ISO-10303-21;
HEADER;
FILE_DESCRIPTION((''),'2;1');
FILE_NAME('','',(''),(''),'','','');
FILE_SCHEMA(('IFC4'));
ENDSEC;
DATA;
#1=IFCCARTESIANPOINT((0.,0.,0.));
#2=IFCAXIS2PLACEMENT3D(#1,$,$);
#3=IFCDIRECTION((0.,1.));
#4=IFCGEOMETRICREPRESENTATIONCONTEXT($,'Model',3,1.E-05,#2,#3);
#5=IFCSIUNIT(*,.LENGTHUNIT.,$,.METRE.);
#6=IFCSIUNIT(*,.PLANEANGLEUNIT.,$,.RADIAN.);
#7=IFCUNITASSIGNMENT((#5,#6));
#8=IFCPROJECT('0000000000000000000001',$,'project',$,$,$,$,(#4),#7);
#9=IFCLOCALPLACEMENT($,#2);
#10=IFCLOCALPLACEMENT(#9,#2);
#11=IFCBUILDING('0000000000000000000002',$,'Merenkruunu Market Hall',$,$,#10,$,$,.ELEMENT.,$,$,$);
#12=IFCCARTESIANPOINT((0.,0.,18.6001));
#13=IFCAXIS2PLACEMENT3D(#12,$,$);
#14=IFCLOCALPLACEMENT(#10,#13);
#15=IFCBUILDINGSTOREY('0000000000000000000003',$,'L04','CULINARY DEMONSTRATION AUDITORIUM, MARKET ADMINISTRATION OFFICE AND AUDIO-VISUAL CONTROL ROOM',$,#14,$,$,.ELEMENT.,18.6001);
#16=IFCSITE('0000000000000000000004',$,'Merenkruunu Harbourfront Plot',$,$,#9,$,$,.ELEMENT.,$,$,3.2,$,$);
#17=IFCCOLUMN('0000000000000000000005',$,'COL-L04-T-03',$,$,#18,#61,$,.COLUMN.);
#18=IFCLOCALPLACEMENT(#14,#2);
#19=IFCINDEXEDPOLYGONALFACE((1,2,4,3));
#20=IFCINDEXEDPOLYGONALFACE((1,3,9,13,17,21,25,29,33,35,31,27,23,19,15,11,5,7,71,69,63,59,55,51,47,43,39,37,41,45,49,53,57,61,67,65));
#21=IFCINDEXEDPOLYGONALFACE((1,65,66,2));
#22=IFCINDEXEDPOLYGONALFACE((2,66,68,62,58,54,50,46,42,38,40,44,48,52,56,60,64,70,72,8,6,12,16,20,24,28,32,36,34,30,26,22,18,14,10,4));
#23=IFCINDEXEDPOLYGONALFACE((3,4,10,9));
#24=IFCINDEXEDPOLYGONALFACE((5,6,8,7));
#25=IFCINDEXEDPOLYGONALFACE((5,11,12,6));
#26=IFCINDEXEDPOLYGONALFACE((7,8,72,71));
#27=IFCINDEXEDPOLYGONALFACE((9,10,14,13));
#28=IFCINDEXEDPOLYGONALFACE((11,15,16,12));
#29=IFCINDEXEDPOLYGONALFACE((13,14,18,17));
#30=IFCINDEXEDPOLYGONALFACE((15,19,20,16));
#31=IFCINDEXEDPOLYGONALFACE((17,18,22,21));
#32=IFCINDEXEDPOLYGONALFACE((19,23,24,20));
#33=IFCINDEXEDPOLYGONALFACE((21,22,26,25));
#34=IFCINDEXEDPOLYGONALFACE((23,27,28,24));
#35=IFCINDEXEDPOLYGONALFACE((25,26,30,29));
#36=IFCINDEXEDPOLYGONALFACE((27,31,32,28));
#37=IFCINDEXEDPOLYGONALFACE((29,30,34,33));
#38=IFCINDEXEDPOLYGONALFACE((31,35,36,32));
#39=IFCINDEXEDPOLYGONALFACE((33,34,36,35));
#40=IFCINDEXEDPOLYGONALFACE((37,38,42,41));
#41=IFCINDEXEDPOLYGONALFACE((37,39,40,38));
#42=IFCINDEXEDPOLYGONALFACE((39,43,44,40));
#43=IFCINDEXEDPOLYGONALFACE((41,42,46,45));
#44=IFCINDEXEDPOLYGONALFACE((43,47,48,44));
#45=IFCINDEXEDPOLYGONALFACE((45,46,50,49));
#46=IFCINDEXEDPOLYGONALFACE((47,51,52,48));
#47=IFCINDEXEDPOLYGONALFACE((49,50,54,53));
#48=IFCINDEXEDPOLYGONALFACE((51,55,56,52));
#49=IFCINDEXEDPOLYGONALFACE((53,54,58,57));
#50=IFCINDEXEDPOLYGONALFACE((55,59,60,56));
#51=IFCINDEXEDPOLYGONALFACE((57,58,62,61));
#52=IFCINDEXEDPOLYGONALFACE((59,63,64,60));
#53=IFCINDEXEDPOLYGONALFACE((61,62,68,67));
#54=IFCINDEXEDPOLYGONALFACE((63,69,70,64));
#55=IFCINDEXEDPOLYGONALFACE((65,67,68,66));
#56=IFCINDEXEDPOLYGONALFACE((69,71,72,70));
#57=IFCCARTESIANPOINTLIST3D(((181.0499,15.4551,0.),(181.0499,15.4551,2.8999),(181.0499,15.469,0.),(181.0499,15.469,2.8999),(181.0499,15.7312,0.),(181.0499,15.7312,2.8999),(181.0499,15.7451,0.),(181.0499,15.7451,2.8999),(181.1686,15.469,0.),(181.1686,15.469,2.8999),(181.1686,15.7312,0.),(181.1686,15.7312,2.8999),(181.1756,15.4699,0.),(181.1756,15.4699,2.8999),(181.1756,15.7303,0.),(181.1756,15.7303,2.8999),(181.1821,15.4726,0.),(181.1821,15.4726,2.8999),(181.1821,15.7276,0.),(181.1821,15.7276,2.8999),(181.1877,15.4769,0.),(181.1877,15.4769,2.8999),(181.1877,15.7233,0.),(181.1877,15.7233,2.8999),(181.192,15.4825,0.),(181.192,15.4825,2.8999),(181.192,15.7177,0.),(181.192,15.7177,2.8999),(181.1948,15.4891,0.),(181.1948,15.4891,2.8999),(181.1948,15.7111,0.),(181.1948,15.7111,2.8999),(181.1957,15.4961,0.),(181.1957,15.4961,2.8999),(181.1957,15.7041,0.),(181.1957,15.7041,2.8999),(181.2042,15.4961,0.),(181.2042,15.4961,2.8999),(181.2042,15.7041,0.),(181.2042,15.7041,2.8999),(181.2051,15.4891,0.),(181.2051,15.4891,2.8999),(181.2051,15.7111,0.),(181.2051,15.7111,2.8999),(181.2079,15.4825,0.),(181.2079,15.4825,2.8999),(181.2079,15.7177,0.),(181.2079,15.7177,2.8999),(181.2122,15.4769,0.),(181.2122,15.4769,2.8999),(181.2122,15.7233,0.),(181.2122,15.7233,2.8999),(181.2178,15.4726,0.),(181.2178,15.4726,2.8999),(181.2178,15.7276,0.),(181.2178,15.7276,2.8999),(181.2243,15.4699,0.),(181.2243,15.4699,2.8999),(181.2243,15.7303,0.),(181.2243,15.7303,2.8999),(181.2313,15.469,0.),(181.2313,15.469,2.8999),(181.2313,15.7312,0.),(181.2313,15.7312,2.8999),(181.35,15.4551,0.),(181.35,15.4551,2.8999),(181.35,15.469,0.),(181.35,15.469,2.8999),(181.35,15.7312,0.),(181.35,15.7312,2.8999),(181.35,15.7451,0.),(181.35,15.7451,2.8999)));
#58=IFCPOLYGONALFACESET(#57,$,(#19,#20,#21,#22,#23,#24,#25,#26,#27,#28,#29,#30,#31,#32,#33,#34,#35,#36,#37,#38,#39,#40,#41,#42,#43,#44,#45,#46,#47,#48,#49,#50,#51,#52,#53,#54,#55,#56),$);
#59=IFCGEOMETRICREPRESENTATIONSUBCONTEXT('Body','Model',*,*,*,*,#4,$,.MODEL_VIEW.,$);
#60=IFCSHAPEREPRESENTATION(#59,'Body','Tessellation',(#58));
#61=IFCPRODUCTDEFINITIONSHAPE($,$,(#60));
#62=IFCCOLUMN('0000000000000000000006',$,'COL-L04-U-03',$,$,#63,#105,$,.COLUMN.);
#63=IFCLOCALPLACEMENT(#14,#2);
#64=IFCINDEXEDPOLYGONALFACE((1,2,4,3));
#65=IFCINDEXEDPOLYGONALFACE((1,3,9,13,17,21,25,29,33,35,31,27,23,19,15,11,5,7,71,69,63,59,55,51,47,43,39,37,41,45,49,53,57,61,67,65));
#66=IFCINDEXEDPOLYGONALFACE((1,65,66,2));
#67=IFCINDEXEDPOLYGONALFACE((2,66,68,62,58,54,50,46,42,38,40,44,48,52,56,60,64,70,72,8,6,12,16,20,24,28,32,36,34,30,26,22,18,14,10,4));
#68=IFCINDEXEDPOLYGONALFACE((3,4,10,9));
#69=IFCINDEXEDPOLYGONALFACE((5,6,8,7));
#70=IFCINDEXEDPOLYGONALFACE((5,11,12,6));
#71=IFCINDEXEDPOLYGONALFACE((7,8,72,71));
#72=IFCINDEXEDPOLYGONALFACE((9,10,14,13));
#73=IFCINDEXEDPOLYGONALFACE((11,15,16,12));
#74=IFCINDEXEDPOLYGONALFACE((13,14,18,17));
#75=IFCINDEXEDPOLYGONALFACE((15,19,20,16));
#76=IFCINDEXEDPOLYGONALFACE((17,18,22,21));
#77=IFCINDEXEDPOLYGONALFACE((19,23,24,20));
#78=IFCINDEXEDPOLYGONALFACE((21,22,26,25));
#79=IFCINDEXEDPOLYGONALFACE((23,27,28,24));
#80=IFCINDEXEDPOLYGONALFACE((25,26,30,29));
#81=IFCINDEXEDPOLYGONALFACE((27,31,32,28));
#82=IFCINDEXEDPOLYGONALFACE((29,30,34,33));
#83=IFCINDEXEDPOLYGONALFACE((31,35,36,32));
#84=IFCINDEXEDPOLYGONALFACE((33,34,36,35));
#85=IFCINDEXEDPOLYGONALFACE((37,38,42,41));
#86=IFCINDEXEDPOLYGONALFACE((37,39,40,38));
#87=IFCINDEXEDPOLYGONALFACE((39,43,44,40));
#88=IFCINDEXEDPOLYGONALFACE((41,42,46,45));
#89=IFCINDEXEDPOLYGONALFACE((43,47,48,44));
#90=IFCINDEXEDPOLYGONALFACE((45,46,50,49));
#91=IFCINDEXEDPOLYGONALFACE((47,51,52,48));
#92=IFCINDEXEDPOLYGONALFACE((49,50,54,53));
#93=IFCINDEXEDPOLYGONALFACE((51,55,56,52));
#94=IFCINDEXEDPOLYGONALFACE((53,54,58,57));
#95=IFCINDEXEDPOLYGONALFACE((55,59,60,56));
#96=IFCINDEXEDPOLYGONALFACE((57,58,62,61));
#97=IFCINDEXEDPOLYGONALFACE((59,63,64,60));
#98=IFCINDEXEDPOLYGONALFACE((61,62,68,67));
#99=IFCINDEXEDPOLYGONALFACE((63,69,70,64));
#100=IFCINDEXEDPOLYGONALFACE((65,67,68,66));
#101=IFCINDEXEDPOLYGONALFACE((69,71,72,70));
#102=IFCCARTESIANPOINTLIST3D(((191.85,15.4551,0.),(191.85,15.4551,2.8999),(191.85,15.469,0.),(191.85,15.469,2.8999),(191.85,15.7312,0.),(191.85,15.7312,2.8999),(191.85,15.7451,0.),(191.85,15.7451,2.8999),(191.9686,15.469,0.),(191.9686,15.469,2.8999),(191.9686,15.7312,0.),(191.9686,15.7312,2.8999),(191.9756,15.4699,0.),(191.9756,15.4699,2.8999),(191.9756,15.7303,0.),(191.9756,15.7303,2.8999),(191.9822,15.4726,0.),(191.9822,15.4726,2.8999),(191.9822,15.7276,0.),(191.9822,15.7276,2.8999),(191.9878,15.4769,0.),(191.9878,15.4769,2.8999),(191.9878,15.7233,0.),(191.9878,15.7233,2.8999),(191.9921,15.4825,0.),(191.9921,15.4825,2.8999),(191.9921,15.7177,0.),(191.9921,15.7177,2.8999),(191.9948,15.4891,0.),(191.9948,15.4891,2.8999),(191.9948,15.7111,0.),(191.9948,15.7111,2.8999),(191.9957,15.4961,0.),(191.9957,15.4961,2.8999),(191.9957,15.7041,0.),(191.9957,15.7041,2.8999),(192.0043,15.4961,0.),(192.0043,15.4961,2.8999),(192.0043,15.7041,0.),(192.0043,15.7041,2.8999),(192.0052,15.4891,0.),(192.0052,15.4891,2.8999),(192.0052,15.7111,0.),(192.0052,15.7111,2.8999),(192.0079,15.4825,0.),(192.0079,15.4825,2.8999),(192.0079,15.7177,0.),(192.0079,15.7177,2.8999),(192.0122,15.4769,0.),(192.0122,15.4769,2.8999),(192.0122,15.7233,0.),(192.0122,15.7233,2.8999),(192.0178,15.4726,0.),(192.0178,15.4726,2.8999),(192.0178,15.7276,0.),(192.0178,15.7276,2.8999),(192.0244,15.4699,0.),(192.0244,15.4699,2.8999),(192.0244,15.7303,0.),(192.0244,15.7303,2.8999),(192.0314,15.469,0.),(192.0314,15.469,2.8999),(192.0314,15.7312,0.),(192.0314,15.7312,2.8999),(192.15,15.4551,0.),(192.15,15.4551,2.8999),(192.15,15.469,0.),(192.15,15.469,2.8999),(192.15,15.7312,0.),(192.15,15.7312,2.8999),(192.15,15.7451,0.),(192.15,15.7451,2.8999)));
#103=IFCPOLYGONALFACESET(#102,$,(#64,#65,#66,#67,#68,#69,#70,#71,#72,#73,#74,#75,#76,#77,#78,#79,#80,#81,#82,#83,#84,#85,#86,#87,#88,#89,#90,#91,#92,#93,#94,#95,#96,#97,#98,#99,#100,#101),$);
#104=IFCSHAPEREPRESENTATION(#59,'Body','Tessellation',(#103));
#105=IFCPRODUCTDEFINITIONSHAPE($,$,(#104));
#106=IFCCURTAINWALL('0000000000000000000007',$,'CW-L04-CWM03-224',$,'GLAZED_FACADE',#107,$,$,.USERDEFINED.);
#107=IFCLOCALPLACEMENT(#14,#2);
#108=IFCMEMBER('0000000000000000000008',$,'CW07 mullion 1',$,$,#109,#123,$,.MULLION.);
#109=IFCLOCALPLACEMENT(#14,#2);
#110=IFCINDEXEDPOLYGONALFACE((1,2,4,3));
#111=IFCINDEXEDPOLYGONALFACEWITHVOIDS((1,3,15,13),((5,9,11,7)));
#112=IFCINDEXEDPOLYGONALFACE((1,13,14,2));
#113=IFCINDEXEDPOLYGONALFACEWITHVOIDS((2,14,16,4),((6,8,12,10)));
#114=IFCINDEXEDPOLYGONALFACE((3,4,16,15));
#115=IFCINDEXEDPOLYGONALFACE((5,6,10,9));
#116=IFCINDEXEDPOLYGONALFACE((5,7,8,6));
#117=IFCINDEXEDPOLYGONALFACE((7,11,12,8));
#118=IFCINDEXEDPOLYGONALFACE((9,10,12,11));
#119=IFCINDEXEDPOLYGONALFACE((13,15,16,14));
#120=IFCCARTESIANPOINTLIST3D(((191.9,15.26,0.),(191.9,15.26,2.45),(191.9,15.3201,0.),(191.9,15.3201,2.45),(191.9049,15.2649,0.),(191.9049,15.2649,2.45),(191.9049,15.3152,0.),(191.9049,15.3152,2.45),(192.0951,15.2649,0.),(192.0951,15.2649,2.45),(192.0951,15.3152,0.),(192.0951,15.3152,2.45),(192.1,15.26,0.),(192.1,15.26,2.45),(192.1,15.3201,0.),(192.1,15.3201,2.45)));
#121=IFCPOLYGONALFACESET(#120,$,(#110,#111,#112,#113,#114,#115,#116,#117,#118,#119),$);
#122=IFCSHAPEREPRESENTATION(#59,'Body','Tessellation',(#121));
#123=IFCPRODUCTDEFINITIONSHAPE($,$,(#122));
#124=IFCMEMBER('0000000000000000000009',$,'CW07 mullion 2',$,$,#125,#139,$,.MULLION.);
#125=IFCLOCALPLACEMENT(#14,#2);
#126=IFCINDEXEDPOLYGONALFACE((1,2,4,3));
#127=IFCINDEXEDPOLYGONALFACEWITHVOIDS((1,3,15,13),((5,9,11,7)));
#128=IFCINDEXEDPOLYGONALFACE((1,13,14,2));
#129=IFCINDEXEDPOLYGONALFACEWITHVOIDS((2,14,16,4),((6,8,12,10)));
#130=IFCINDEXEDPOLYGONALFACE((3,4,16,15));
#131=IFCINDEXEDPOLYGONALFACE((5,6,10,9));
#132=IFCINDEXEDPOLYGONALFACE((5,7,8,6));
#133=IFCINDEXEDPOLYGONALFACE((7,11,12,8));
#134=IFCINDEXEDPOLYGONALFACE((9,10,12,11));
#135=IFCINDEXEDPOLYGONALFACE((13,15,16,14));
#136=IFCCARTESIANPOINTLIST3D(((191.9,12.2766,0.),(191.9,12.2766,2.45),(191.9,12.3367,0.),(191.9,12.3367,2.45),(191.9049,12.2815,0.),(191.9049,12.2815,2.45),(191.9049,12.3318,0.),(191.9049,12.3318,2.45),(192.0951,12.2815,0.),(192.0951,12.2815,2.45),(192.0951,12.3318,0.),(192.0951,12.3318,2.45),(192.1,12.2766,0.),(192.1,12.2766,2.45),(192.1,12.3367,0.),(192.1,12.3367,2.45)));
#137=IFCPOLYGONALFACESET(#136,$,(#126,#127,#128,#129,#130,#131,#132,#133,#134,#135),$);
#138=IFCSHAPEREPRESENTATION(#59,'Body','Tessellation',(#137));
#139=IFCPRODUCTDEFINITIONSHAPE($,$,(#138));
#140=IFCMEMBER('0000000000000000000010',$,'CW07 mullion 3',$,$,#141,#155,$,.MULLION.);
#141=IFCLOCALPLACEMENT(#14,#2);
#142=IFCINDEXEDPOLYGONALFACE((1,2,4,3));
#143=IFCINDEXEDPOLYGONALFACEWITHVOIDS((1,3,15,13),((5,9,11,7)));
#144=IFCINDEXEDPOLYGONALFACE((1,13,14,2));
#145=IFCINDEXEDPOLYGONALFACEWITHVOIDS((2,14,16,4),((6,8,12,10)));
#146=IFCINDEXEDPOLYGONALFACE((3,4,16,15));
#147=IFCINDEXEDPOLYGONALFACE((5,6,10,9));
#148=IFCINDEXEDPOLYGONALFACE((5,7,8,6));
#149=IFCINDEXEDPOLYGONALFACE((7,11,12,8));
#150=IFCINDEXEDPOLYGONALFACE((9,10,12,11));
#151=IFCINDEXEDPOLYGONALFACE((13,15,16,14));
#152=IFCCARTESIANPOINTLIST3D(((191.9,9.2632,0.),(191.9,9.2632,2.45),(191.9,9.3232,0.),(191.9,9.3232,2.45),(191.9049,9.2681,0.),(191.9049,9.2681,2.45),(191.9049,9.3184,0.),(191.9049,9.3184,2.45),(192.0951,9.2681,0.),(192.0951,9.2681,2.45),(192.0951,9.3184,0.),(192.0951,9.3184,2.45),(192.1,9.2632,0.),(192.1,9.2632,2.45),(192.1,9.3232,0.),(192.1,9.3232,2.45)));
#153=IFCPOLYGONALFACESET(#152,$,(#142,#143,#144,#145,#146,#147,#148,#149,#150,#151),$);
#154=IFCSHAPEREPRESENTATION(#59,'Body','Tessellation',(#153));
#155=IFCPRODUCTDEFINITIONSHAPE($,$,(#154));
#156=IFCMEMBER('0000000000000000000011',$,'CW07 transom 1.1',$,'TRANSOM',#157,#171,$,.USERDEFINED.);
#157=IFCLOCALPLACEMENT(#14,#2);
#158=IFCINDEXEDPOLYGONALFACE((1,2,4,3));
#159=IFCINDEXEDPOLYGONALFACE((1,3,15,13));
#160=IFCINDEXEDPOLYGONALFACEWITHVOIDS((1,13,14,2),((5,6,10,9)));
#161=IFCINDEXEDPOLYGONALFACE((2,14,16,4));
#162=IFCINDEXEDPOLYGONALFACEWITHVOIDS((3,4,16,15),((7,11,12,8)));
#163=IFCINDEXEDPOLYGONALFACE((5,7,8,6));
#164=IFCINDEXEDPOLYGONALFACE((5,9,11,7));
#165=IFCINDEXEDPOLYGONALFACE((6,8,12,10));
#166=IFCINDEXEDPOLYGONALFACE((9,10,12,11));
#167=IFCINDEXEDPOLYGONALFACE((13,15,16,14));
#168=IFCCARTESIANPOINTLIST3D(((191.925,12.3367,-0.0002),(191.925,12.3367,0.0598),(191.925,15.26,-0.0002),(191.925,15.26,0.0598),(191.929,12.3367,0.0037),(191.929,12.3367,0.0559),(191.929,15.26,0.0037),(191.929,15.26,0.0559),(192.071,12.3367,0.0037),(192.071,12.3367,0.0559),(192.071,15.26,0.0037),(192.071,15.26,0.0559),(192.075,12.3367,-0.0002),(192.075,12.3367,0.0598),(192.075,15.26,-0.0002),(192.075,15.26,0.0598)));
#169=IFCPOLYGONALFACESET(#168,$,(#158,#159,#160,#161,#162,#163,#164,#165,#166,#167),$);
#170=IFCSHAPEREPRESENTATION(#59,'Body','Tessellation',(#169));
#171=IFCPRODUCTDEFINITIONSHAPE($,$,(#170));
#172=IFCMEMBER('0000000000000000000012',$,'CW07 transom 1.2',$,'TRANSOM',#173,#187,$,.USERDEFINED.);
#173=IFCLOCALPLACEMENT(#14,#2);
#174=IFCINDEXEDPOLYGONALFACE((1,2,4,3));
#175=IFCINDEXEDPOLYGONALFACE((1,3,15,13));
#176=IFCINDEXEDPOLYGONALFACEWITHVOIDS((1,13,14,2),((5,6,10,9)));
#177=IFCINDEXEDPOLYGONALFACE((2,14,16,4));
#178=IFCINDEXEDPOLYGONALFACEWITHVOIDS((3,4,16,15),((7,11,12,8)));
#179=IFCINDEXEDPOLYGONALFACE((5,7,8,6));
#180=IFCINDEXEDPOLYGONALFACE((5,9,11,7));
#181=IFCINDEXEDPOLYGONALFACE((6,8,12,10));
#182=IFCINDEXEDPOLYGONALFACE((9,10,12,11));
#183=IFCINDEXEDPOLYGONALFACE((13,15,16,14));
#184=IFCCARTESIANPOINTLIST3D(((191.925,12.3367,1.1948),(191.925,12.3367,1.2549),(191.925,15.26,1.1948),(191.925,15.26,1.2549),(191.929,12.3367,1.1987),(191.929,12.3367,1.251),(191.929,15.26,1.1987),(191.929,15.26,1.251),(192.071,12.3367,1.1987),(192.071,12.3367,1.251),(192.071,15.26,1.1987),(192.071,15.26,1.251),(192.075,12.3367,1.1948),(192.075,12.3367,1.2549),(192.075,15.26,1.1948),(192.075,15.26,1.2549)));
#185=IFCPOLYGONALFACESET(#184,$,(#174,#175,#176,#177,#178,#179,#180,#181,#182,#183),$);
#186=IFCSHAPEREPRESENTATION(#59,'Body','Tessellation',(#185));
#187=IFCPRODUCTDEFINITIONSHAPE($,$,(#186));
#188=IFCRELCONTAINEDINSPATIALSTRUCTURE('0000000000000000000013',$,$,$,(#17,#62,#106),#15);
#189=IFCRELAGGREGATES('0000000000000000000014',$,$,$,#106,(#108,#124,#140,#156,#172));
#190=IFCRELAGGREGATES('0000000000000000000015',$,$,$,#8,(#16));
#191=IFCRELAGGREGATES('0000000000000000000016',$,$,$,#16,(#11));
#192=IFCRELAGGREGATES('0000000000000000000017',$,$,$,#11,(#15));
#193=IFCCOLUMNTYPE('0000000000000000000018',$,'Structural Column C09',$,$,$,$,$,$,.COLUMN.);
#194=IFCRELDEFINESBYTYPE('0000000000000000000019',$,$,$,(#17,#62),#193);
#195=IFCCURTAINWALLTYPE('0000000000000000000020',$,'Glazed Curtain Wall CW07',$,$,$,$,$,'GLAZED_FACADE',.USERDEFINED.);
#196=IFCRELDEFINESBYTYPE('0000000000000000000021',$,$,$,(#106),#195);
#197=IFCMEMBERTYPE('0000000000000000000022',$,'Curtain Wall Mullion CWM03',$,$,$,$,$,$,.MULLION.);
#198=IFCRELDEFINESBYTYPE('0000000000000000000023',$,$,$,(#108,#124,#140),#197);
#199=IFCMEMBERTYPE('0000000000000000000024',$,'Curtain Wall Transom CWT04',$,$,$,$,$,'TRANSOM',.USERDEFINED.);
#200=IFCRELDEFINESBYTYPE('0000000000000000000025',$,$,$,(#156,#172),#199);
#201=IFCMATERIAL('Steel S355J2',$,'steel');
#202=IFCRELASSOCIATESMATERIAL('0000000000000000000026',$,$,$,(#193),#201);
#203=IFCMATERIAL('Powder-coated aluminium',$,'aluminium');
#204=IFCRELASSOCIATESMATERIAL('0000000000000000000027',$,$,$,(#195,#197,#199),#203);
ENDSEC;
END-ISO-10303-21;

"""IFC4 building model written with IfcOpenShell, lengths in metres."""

from ifc_helpers import new_model, si_unit, direction, frame, origin, origin_2d, place, context, subcontext, project, spatial, hollow_rectangle, i_section, extrude, material, material_profile, profile_set, type_object, element, aggregate, save


model = new_model("IFC4")

# Units and contexts
model_context = context("Model", 3, precision=1e-05, world=origin(), true_north=direction((0.0, 1.0)))
body_context = subcontext(model_context, "Body", "Model", "MODEL_VIEW")
ifc_project = project(units=[si_unit("LENGTHUNIT", "METRE"), si_unit("PLANEANGLEUNIT", "RADIAN")], contexts=[model_context])

# Site, building, storey
site_placement = place(None, origin())
site = spatial("IfcSite", under=ifc_project, at=site_placement, Name="Merenkruunu Harbourfront Plot", CompositionType="ELEMENT", RefElevation=3.2)
building_placement = place(site_placement, origin())
building = spatial("IfcBuilding", under=site, at=building_placement, Name="Merenkruunu Market Hall", CompositionType="ELEMENT")
storey_placement = place(building_placement, frame((0.0, 0.0, 18.6001)))
storey = spatial("IfcBuildingStorey", under=building, at=storey_placement, Name="L04", Description="CULINARY DEMONSTRATION AUDITORIUM, MARKET ADMINISTRATION OFFICE AND AUDIO-VISUAL CONTROL ROOM", CompositionType="ELEMENT", Elevation=18.6001)

# Columns
ifc_material_1 = material(Name="Steel S355J2", Category="steel")
ifc_material_profile_1 = material_profile(ifc_material_1, i_section(OverallWidth=0.3, OverallDepth=0.29, WebThickness=0.0085, FlangeThickness=0.0139, FilletRadius=0.0271, at=origin_2d()), Name="HEA 300")
ifc_profile_set_1 = profile_set([ifc_material_profile_1], Name="Steel S355J2")
column_type = type_object("IfcColumnType", Name="Structural Column C09", PredefinedType="COLUMN", material=ifc_profile_set_1)
for number, where, z_axis, x_axis, name in (
    (1, (181.2, 15.6001, 0.0), (0.0, 0.0, 1.0), (1.0, 0.0, 0.0), "COL-L04-T-03"),
    (2, (192.0, 15.6001, 0.0), (0.0, 0.0, 1.0), (1.0, 0.0, 0.0), "COL-L04-U-03"),
):
    element("IfcColumn", number, at=place(storey_placement, frame(where, z_axis=z_axis, x_axis=x_axis)), inside=storey, type_object=column_type, Name=name, PredefinedType="COLUMN", context=body_context, shape_type="SweptSolid", body=[
        extrude(i_section(OverallWidth=0.3, OverallDepth=0.29, WebThickness=0.0085, FlangeThickness=0.0139, FilletRadius=0.0271, at=origin_2d()), origin(), (0.0, 0.0, 1.0), 2.8999),
    ])

# Curtain wall, members
ifc_material_2 = material(Name="Powder-coated aluminium", Category="aluminium")
curtain_wall_type = type_object("IfcCurtainWallType", Name="Glazed Curtain Wall CW07", ElementType="GLAZED_FACADE", PredefinedType="USERDEFINED", material=ifc_material_2)
curtain_wall_placement = place(storey_placement, origin())
curtain_wall = element("IfcCurtainWall", 3, at=curtain_wall_placement, inside=storey, type_object=curtain_wall_type, Name="CW-L04-CWM03-224", ObjectType="GLAZED_FACADE", PredefinedType="USERDEFINED")
ifc_material_profile_2 = material_profile(ifc_material_2, hollow_rectangle(XDim=0.0601, YDim=0.2, WallThickness=0.0049, at=origin_2d()), Name="ALU 60x200x5")
ifc_profile_set_2 = profile_set([ifc_material_profile_2], Name="Powder-coated aluminium")
member_type_1 = type_object("IfcMemberType", Name="Curtain Wall Mullion CWM03", PredefinedType="MULLION", material=ifc_profile_set_2)
member_1_placement = place(storey_placement, frame((192.0, 15.29, 0.0), z_axis=(0.0, 0.0, 1.0), x_axis=(0.0, -1.0, 0.0)))
member_1 = element("IfcMember", 4, at=member_1_placement, type_object=member_type_1, Name="CW07 mullion 1", PredefinedType="MULLION", context=body_context, shape_type="SweptSolid", body=[
    extrude(hollow_rectangle(XDim=0.0601, YDim=0.2, WallThickness=0.0049, at=origin_2d()), origin(), (0.0, 0.0, 1.0), 2.45),
])
member_2_placement = place(storey_placement, frame((192.0, 12.3066, 0.0), z_axis=(0.0, 0.0, 1.0), x_axis=(0.0, -1.0, 0.0)))
member_2 = element("IfcMember", 5, at=member_2_placement, type_object=member_type_1, Name="CW07 mullion 2", PredefinedType="MULLION", context=body_context, shape_type="SweptSolid", body=[
    extrude(hollow_rectangle(XDim=0.0601, YDim=0.2, WallThickness=0.0049, at=origin_2d()), origin(), (0.0, 0.0, 1.0), 2.45),
])
member_3_placement = place(storey_placement, frame((192.0, 9.2932, 0.0), z_axis=(0.0, 0.0, 1.0), x_axis=(0.0, -1.0, 0.0)))
member_3 = element("IfcMember", 6, at=member_3_placement, type_object=member_type_1, Name="CW07 mullion 3", PredefinedType="MULLION", context=body_context, shape_type="SweptSolid", body=[
    extrude(hollow_rectangle(XDim=0.0601, YDim=0.2, WallThickness=0.0049, at=origin_2d()), origin(), (0.0, 0.0, 1.0), 2.45),
])
ifc_material_profile_3 = material_profile(ifc_material_2, hollow_rectangle(XDim=0.0601, YDim=0.1499, WallThickness=0.0039, at=origin_2d()), Name="ALU 60x150x4")
ifc_profile_set_3 = profile_set([ifc_material_profile_3], Name="Powder-coated aluminium")
member_type_2 = type_object("IfcMemberType", Name="Curtain Wall Transom CWT04", ElementType="TRANSOM", PredefinedType="USERDEFINED", material=ifc_profile_set_3)
member_4_placement = place(storey_placement, frame((192.0, 15.26, 0.0298), z_axis=(0.0, -1.0, 0.0), x_axis=(0.0, 0.0, 1.0)))
member_4 = element("IfcMember", 7, at=member_4_placement, type_object=member_type_2, Name="CW07 transom 1.1", ObjectType="TRANSOM", PredefinedType="USERDEFINED", context=body_context, shape_type="SweptSolid", body=[
    extrude(hollow_rectangle(XDim=0.0601, YDim=0.1499, WallThickness=0.0039, at=origin_2d()), origin(), (0.0, 0.0, 1.0), 2.9233),
])
member_5_placement = place(storey_placement, frame((192.0, 15.26, 1.2249), z_axis=(0.0, -1.0, 0.0), x_axis=(0.0, 0.0, 1.0)))
member_5 = element("IfcMember", 8, at=member_5_placement, type_object=member_type_2, Name="CW07 transom 1.2", ObjectType="TRANSOM", PredefinedType="USERDEFINED", context=body_context, shape_type="SweptSolid", body=[
    extrude(hollow_rectangle(XDim=0.0601, YDim=0.1499, WallThickness=0.0039, at=origin_2d()), origin(), (0.0, 0.0, 1.0), 2.9233),
])

aggregate(curtain_wall, [member_1, member_2, member_3, member_4, member_5])

save(model, "model.ifc")
